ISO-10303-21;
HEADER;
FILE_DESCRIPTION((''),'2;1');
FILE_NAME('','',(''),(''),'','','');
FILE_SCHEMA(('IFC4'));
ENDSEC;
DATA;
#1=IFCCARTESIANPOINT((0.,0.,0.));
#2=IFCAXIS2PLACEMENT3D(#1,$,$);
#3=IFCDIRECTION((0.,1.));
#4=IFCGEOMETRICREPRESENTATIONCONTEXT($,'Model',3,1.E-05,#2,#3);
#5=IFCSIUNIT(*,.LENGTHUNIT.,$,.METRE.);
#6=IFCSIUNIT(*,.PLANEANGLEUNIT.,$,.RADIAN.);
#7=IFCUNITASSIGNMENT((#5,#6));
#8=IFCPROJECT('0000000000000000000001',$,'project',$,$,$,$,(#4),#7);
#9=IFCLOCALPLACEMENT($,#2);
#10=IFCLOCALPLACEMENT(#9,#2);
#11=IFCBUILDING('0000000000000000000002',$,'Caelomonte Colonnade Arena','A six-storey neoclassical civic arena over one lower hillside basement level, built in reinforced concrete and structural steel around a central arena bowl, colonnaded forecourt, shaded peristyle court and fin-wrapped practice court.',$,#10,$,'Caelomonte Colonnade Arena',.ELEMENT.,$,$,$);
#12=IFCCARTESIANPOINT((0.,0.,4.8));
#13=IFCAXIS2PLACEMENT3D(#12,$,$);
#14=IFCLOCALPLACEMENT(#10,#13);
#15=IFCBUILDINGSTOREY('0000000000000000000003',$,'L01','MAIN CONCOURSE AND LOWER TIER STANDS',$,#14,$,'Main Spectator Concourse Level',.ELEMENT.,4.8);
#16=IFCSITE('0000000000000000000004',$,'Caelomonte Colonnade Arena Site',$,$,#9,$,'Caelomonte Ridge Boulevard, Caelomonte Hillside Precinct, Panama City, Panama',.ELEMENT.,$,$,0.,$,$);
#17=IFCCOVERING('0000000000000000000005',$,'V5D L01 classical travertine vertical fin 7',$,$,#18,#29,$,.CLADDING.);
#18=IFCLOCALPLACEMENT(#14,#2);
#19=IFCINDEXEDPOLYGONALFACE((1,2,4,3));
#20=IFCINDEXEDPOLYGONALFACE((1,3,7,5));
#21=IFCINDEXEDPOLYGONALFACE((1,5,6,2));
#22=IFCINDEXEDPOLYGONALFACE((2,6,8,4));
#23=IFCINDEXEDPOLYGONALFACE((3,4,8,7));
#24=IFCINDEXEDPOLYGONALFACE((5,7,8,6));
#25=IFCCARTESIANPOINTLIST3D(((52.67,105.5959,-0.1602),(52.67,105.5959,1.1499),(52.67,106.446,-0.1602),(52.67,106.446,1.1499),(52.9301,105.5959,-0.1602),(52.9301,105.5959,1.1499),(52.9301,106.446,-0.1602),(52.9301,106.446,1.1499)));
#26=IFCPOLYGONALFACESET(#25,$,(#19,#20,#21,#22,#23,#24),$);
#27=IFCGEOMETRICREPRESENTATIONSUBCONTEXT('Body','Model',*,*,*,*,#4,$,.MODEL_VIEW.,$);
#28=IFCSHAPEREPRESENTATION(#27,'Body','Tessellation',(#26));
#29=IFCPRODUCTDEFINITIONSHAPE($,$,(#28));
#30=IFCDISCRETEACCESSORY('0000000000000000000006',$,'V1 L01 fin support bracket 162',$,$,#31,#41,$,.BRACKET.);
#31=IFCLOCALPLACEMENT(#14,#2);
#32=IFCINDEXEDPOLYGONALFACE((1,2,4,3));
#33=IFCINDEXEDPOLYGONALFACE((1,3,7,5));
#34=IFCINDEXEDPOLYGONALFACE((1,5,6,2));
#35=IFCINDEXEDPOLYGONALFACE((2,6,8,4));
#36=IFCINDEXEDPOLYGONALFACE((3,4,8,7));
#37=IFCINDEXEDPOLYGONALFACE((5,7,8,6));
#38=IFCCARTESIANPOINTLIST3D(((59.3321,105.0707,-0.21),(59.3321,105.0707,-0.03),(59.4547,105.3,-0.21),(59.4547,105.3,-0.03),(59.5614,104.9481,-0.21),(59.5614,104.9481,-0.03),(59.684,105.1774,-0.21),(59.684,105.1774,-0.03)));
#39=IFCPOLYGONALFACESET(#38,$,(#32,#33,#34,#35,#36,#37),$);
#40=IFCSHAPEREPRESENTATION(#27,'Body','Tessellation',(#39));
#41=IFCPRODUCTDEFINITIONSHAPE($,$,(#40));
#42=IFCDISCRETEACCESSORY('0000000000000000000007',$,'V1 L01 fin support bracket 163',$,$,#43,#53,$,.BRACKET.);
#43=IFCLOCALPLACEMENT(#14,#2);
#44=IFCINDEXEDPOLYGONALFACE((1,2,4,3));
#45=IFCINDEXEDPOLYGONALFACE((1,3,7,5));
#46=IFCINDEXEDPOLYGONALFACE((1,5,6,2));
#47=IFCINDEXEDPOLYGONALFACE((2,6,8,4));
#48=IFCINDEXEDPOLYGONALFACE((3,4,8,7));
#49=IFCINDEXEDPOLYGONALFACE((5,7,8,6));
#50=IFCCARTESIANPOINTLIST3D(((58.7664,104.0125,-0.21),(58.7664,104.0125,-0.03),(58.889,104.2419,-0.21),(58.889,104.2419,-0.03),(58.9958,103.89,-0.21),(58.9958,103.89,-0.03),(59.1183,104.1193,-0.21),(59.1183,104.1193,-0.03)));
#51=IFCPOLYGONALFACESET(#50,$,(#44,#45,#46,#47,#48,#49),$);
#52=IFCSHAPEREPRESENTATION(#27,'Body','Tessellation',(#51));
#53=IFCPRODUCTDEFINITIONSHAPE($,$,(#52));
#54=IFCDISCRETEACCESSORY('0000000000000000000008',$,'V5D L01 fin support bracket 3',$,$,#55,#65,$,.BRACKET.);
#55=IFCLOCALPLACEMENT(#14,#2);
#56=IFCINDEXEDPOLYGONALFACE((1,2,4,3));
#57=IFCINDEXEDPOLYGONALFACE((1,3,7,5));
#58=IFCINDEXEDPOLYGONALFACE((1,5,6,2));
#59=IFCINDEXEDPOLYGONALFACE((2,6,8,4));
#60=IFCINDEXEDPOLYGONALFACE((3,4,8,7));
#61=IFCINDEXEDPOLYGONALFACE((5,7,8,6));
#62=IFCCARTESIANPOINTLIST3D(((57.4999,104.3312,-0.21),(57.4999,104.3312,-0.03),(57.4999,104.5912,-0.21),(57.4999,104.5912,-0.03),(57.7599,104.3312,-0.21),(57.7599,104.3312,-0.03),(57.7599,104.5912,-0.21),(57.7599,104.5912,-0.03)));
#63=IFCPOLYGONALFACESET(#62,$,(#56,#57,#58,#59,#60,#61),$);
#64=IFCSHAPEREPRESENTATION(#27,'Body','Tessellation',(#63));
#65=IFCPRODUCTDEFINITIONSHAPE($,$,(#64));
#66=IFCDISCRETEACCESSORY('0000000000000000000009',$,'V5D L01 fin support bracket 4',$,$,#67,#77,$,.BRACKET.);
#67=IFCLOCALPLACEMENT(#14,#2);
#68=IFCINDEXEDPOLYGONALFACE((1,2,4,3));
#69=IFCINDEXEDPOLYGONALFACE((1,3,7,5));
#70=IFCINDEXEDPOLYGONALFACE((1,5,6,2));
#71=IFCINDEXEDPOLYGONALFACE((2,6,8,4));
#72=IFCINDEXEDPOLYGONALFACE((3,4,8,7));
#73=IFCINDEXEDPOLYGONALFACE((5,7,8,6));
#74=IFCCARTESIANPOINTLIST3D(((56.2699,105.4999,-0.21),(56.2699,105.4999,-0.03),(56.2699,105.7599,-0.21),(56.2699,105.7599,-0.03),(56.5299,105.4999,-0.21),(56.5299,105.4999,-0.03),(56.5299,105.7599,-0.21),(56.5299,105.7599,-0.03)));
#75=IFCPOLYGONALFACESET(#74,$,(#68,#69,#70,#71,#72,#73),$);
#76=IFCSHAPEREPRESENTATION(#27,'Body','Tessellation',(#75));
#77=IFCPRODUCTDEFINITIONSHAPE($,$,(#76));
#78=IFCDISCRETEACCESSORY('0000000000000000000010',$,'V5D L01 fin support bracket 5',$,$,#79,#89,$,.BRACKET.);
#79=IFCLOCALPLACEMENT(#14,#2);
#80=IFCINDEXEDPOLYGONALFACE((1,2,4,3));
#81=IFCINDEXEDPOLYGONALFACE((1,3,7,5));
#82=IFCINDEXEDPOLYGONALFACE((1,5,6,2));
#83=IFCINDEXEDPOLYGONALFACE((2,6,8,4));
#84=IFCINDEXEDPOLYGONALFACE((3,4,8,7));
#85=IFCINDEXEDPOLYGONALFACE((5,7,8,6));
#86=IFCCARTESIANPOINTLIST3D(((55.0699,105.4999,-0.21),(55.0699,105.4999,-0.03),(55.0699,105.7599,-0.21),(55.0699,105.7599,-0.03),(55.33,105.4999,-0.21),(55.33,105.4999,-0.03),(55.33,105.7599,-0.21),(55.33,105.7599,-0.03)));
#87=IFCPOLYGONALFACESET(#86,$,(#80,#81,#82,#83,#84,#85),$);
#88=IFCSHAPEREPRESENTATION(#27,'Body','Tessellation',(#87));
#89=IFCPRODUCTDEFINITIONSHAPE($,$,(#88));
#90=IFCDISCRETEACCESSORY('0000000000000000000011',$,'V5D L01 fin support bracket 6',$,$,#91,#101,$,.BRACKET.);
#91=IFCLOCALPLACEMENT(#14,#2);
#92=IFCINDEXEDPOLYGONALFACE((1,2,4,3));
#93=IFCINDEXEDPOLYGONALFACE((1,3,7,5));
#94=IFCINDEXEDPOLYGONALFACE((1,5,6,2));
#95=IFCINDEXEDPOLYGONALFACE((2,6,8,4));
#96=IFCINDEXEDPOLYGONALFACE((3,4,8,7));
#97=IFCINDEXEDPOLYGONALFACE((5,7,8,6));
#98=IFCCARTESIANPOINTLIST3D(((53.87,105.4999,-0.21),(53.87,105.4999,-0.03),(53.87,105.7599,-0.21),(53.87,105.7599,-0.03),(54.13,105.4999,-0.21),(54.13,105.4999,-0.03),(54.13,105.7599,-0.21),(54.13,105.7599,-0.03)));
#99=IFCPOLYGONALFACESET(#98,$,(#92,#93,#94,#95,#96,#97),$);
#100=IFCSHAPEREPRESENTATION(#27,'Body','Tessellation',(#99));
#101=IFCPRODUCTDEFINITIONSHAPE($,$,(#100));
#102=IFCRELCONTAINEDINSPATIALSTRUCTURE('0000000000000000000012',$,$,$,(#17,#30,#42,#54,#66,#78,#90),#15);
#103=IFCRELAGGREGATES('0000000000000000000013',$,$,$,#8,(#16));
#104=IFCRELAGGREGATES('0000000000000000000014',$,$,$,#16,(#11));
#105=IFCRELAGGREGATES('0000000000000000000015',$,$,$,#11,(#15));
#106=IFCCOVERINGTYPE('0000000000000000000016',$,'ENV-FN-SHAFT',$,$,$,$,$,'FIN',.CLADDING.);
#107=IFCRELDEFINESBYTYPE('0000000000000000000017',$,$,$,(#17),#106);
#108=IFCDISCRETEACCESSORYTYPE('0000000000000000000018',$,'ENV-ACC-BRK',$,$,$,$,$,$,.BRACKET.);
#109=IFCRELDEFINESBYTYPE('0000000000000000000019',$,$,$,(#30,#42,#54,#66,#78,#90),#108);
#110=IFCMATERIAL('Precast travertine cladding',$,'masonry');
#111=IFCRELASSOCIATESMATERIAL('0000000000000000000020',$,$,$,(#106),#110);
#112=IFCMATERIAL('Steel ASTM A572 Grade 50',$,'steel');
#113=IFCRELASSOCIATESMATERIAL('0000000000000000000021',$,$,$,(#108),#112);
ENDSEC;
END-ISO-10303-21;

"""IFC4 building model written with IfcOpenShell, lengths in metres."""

from ifc_helpers import new_model, si_unit, direction, frame, origin, origin_2d, place, context, subcontext, project, spatial, rectangle, extrude, material, material_profile, profile_set, type_object, element, save


model = new_model("IFC4")

# Units and contexts
model_context = context("Model", 3, precision=1e-05, world=origin(), true_north=direction((0.0, 1.0)))
body_context = subcontext(model_context, "Body", "Model", "MODEL_VIEW")
ifc_project = project(units=[si_unit("LENGTHUNIT", "METRE"), si_unit("PLANEANGLEUNIT", "RADIAN")], contexts=[model_context])

# Site, building, storey
site_placement = place(None, origin())
site = spatial("IfcSite", under=ifc_project, at=site_placement, Name="Caelomonte Colonnade Arena Site", LongName="Caelomonte Ridge Boulevard, Caelomonte Hillside Precinct, Panama City, Panama", CompositionType="ELEMENT", RefElevation=0.0)
building_placement = place(site_placement, origin())
building = spatial("IfcBuilding", under=site, at=building_placement, Name="Caelomonte Colonnade Arena", Description="A six-storey neoclassical civic arena over one lower hillside basement level, built in reinforced concrete and structural steel around a central arena bowl, colonnaded forecourt, shaded peristyle court and fin-wrapped practice court.", LongName="Caelomonte Colonnade Arena", CompositionType="ELEMENT")
storey_placement = place(building_placement, frame((0.0, 0.0, 4.8)))
storey = spatial("IfcBuildingStorey", under=building, at=storey_placement, Name="L01", Description="MAIN CONCOURSE AND LOWER TIER STANDS", LongName="Main Spectator Concourse Level", CompositionType="ELEMENT", Elevation=4.8)

# Covering
ifc_material_1 = material(Name="Precast travertine cladding", Category="masonry")
ifc_material_profile_1 = material_profile(ifc_material_1, rectangle(XDim=0.26, YDim=0.8501, at=origin_2d()), Name="FIN260X850")
ifc_profile_set_1 = profile_set([ifc_material_profile_1], Name="Precast travertine cladding")
covering_type = type_object("IfcCoveringType", Name="ENV-FN-SHAFT", ElementType="FIN", PredefinedType="CLADDING", material=ifc_profile_set_1)
for number, where, z_axis, x_axis, name in (
    (1, (52.8, 106.021, -0.1602), (0.0, 0.0, 1.0), (1.0, 0.0, 0.0), "V5D L01 classical travertine vertical fin 7"),
):
    element("IfcCovering", number, at=place(storey_placement, frame(where, z_axis=z_axis, x_axis=x_axis)), inside=storey, type_object=covering_type, Name=name, PredefinedType="CLADDING", context=body_context, shape_type="SweptSolid", body=[
        extrude(rectangle(XDim=0.26, YDim=0.8501, at=origin_2d()), origin(), (0.0, 0.0, 1.0), 1.3101),
    ])

# Discrete accessories
ifc_material_2 = material(Name="Steel ASTM A572 Grade 50", Category="steel")
discrete_accessory_type = type_object("IfcDiscreteAccessoryType", Name="ENV-ACC-BRK", PredefinedType="BRACKET", material=ifc_material_2)
for number, where, z_axis, x_axis, name in (
    (2, (59.5081, 105.124, -0.21), (0.0, 0.0, 1.0), (-0.471397, -0.881921, 0.0), "V1 L01 fin support bracket 162"),
    (3, (58.9424, 104.0659, -0.21), (0.0, 0.0, 1.0), (-0.471397, -0.881921, 0.0), "V1 L01 fin support bracket 163"),
    (4, (57.6299, 104.4612, -0.21), (0.0, 0.0, 1.0), (0.0, 1.0, 0.0), "V5D L01 fin support bracket 3"),
    (5, (56.3999, 105.6299, -0.21), (0.0, 0.0, 1.0), (-1.0, 0.0, 0.0), "V5D L01 fin support bracket 4"),
    (6, (55.2, 105.6299, -0.21), (0.0, 0.0, 1.0), (-1.0, 0.0, 0.0), "V5D L01 fin support bracket 5"),
    (7, (54.0, 105.6299, -0.21), (0.0, 0.0, 1.0), (-1.0, 0.0, 0.0), "V5D L01 fin support bracket 6"),
):
    element("IfcDiscreteAccessory", number, at=place(storey_placement, frame(where, z_axis=z_axis, x_axis=x_axis)), inside=storey, type_object=discrete_accessory_type, Name=name, PredefinedType="BRACKET", context=body_context, shape_type="SweptSolid", body=[
        extrude(rectangle(XDim=0.26, YDim=0.26, at=origin_2d()), origin(), (0.0, 0.0, 1.0), 0.1799),
    ])

save(model, "model.ifc")
